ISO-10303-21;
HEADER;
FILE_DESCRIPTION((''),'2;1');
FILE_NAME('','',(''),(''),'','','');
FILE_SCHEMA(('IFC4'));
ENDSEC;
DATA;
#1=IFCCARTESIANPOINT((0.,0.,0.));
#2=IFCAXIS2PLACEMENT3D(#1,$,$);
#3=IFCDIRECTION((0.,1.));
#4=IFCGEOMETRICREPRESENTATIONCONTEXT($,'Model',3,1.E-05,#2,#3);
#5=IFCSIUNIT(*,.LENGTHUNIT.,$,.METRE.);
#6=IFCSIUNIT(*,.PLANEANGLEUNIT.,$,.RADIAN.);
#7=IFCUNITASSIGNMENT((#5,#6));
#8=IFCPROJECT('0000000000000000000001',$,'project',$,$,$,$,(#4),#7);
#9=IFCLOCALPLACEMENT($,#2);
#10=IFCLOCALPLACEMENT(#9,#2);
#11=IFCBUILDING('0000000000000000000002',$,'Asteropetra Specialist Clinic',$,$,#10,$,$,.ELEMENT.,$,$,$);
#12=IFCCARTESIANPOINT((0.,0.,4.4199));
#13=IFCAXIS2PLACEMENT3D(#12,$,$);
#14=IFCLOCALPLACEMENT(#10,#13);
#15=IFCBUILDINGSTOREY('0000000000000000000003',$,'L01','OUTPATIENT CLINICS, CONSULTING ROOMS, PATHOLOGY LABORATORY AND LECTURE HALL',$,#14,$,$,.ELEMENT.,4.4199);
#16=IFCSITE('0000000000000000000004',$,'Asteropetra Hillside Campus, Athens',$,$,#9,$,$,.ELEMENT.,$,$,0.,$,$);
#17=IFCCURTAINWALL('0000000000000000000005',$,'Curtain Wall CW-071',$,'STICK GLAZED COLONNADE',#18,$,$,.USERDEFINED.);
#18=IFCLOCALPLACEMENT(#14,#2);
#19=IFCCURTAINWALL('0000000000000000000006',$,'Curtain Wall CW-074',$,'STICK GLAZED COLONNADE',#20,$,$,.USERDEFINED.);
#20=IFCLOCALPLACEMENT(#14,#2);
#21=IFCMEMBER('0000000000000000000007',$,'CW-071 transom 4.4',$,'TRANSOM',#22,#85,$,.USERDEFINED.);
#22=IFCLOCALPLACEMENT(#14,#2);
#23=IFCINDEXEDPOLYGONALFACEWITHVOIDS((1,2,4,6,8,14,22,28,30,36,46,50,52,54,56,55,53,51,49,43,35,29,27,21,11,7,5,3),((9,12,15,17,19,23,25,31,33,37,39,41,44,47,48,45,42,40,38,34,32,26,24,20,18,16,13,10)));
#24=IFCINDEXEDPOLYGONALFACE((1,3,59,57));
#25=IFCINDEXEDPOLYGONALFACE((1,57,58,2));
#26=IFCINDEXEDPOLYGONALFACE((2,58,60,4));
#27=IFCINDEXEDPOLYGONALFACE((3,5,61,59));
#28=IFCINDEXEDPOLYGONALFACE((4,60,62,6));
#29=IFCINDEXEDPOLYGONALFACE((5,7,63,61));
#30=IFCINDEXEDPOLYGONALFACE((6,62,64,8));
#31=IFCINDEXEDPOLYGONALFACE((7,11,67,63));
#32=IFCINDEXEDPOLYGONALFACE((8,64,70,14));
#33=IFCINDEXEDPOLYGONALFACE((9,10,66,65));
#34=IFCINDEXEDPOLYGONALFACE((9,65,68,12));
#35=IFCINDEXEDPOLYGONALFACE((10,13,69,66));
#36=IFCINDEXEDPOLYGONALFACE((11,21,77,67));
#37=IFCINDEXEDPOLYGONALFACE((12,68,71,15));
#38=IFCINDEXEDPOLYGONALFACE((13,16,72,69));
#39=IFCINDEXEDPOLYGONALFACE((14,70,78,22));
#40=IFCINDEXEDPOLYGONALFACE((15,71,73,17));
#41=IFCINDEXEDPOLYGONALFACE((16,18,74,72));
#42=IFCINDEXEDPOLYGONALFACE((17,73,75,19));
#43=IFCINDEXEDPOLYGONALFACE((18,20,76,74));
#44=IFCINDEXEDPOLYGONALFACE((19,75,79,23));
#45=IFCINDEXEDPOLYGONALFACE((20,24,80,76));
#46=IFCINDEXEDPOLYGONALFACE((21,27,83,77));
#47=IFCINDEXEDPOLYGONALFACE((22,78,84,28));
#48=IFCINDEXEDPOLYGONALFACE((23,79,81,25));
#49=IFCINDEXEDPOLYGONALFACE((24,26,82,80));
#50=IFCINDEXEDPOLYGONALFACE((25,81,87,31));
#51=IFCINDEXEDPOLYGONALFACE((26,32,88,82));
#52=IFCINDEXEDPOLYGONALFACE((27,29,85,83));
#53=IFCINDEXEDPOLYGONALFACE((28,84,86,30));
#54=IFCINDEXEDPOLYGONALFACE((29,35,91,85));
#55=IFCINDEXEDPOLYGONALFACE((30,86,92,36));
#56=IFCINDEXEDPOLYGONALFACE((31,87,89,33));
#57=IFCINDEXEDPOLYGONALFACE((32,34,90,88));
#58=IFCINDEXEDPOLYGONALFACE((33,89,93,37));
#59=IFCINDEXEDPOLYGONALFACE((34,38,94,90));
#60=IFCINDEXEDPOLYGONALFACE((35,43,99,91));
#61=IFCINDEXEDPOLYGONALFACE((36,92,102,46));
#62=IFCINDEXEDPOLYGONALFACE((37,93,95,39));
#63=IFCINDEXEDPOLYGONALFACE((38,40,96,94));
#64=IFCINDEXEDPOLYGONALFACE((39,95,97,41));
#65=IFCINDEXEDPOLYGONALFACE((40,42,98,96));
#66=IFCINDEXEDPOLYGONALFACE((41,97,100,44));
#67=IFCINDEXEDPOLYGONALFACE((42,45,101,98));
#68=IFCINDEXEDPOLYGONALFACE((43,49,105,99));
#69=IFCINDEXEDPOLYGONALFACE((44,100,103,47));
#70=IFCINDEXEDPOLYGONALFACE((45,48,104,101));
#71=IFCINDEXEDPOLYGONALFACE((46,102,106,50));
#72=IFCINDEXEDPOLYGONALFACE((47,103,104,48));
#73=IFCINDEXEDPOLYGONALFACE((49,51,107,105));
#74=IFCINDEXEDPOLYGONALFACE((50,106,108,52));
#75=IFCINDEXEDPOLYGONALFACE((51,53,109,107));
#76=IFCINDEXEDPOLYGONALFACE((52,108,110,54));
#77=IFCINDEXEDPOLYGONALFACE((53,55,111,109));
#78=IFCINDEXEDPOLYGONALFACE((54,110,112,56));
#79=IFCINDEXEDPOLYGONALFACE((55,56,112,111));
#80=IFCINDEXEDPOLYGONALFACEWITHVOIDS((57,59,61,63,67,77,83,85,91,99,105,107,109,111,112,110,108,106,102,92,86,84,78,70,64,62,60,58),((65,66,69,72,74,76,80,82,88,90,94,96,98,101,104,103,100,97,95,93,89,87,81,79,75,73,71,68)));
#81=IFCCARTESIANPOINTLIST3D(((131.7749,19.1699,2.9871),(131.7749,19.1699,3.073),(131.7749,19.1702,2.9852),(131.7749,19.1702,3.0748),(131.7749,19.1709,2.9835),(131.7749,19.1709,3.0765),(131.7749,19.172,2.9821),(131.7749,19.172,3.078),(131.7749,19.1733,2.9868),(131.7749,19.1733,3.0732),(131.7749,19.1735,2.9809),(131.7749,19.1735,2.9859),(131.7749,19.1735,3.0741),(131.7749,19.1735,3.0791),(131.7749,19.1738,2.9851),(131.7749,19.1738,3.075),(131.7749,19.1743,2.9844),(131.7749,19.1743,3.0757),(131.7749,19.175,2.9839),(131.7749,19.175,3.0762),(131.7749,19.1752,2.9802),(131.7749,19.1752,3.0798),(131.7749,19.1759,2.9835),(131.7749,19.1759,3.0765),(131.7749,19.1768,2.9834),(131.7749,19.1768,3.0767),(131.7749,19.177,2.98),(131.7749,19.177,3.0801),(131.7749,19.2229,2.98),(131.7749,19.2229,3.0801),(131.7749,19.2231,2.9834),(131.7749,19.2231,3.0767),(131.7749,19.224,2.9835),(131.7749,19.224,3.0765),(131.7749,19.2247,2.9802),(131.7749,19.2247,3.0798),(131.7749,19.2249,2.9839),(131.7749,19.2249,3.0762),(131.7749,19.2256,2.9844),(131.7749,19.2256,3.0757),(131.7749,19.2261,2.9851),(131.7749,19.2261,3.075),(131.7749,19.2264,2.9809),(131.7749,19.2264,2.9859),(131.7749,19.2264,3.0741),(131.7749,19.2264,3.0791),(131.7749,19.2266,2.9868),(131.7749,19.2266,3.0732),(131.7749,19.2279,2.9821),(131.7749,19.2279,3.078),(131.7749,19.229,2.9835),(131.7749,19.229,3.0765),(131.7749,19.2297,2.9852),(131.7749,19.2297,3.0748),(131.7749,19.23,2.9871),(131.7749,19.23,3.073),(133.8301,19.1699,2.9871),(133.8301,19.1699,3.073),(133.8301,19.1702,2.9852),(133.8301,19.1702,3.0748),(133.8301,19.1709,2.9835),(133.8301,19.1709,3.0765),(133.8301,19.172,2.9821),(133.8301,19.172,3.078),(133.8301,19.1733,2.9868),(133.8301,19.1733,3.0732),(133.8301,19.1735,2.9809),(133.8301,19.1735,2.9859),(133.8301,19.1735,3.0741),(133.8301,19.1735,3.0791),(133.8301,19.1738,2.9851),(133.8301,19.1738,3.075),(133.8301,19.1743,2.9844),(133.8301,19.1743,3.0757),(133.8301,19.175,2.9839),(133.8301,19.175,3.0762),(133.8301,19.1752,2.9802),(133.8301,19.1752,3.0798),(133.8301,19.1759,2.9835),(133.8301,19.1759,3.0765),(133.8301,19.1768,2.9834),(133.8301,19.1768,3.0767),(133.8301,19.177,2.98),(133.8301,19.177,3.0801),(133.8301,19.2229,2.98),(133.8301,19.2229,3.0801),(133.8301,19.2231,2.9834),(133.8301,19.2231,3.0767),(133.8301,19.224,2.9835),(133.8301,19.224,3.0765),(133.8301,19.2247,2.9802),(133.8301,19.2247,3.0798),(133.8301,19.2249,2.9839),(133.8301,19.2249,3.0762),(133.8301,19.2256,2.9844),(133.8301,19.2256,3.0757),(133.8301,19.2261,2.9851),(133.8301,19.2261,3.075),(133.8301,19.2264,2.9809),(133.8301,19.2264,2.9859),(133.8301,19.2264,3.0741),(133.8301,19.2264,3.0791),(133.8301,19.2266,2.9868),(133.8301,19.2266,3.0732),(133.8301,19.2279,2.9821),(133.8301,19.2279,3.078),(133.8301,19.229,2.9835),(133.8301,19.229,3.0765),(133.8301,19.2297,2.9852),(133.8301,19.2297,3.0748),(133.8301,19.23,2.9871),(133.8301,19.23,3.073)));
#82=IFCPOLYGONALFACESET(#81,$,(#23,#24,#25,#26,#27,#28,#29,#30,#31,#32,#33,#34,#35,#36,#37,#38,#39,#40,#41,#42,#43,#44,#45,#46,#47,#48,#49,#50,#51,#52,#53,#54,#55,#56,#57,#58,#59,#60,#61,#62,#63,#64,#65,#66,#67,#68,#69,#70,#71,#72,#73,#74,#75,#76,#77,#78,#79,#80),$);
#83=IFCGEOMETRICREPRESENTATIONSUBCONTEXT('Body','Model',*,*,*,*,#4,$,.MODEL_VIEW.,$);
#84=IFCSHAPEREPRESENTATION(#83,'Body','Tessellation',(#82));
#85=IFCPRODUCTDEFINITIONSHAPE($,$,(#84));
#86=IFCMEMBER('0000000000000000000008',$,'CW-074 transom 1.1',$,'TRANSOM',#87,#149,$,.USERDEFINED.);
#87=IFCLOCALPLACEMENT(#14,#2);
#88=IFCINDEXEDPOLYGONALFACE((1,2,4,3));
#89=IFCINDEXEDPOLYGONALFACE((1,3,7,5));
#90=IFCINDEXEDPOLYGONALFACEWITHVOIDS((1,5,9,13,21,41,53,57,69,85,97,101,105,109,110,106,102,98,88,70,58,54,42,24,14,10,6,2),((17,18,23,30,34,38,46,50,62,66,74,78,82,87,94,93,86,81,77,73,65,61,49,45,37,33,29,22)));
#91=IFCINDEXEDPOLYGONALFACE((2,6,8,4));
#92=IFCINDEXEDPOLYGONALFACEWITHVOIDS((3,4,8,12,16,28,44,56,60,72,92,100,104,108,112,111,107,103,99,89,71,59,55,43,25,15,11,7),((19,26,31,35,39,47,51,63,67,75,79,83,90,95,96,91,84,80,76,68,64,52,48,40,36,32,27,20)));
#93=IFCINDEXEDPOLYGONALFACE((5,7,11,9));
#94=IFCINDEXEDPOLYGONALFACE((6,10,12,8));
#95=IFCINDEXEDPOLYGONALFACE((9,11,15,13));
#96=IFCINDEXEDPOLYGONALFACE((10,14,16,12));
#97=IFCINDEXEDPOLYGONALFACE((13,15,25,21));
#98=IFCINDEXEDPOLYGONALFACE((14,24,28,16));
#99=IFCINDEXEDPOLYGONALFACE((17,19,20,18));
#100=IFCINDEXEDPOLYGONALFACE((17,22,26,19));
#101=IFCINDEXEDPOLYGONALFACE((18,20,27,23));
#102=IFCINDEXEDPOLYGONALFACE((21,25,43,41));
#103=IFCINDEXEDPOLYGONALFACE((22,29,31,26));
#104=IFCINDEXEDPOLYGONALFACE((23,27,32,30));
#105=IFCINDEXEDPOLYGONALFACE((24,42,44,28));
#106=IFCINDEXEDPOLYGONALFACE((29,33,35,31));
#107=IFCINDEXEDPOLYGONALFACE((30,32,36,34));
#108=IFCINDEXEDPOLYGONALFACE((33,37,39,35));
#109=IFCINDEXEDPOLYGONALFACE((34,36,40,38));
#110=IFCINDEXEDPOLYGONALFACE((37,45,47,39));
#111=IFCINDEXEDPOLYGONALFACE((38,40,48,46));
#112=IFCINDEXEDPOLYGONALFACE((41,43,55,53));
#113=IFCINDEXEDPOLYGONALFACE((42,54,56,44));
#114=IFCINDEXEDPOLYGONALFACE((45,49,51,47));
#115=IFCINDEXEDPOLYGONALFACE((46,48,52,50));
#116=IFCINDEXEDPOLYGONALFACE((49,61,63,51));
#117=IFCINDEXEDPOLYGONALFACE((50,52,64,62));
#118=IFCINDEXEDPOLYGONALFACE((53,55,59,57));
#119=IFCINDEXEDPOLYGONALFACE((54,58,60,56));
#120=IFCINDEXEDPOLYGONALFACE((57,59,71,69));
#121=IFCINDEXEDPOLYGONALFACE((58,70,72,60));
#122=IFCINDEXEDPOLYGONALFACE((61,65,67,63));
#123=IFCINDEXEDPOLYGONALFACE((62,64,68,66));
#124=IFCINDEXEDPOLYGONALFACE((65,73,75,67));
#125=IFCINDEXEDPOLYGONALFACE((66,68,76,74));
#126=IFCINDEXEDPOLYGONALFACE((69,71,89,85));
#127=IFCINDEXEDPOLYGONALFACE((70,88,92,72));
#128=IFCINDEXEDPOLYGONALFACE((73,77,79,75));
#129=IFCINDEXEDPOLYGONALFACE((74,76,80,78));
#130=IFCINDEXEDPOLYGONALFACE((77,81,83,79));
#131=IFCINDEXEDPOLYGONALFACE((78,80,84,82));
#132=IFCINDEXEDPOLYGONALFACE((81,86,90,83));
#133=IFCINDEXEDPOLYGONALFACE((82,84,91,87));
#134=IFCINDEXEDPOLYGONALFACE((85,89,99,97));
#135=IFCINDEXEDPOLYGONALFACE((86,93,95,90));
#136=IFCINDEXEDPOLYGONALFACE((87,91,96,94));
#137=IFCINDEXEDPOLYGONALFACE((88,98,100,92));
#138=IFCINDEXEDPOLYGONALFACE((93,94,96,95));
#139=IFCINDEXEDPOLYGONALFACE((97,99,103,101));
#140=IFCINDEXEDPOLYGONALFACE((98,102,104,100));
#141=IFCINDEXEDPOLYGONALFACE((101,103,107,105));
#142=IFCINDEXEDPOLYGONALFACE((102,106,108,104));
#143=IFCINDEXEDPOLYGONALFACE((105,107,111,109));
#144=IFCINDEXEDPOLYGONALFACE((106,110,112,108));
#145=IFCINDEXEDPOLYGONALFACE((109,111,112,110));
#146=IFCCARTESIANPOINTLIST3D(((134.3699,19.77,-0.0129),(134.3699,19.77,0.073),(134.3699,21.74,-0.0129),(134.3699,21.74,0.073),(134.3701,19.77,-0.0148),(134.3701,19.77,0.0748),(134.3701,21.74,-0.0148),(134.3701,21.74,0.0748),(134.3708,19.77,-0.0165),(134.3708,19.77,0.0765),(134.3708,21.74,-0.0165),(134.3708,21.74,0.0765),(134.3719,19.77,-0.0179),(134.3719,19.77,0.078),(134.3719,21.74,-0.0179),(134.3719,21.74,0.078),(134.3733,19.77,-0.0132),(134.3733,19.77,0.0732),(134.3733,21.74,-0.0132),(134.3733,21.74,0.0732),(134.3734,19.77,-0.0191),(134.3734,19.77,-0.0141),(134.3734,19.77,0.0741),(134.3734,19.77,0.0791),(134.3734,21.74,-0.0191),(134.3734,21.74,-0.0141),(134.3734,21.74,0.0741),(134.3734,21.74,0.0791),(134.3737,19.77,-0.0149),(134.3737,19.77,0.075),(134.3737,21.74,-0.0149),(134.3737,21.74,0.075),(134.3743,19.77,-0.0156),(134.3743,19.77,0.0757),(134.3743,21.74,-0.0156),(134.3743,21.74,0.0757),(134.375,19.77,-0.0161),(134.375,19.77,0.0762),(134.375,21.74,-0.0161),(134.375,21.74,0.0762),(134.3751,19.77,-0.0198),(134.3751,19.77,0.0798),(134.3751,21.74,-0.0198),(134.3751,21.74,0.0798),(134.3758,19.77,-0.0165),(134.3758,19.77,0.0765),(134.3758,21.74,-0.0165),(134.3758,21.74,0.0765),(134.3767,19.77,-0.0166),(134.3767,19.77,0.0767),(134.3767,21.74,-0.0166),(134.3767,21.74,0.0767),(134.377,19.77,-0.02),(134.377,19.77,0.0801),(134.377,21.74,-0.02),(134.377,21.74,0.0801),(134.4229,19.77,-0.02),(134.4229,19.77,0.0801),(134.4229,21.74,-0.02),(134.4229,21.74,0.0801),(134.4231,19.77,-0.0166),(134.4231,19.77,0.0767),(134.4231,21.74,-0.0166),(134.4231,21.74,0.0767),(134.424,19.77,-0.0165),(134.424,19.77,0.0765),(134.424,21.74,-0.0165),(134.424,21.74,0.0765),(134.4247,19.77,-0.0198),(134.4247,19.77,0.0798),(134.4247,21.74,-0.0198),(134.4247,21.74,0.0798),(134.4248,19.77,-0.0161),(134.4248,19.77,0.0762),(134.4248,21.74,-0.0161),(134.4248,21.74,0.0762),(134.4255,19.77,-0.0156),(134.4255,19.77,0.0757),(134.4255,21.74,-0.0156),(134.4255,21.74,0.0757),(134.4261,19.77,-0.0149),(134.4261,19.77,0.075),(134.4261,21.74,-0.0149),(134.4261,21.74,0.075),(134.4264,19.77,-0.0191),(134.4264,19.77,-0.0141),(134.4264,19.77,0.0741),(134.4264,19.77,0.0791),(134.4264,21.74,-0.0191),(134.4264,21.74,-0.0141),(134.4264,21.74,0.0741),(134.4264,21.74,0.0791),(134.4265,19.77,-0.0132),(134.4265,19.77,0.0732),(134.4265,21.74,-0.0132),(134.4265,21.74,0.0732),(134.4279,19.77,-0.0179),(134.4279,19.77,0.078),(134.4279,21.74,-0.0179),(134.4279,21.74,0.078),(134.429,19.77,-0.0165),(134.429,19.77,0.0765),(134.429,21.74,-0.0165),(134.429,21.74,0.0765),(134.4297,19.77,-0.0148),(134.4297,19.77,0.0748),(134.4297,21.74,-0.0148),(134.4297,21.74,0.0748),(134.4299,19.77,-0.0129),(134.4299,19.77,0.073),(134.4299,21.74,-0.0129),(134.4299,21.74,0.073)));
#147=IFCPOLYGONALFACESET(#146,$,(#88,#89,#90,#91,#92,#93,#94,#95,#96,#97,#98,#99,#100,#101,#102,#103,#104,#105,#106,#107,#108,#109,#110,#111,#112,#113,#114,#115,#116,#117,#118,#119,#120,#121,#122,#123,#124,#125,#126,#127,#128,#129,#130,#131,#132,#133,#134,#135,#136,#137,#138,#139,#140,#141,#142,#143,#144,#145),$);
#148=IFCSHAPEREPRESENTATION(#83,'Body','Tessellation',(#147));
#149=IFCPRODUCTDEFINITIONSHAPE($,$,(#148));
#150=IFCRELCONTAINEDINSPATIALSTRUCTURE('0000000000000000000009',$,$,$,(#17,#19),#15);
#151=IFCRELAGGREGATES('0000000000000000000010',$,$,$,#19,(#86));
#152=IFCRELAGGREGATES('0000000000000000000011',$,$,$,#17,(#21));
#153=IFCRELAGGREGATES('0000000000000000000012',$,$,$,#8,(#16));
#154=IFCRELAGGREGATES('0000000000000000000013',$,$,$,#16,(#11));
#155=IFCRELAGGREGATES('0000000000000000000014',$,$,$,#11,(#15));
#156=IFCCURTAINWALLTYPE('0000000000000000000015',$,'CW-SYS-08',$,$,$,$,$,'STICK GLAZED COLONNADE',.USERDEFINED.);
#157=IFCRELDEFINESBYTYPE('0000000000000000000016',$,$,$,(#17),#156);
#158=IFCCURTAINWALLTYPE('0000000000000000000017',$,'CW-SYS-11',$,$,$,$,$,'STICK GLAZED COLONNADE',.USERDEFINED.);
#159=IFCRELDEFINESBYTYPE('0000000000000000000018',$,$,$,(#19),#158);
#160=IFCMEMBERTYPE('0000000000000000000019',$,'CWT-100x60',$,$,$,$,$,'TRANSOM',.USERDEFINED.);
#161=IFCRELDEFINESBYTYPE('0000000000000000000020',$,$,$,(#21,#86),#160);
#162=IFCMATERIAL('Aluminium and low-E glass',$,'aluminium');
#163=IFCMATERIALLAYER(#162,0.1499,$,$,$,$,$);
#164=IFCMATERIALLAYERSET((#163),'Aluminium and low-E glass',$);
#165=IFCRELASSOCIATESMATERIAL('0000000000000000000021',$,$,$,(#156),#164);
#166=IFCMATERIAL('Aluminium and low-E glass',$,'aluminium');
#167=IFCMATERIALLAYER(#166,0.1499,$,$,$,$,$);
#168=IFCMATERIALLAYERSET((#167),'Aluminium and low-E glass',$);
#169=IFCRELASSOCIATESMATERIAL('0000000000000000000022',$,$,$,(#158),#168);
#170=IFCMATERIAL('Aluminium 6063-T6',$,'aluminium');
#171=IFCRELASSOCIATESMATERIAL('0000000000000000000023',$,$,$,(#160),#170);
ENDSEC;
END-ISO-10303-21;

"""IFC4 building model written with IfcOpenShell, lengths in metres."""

from ifc_helpers import new_model, si_unit, direction, frame, origin, origin_2d, place, context, subcontext, project, spatial, hollow_rectangle, extrude, material, layer, layer_set, material_profile, profile_set, type_object, element, aggregate, save


model = new_model("IFC4")

# Units and contexts
model_context = context("Model", 3, precision=1e-05, world=origin(), true_north=direction((0.0, 1.0)))
body_context = subcontext(model_context, "Body", "Model", "MODEL_VIEW")
ifc_project = project(units=[si_unit("LENGTHUNIT", "METRE"), si_unit("PLANEANGLEUNIT", "RADIAN")], contexts=[model_context])

# Site, building, storey
site_placement = place(None, origin())
site = spatial("IfcSite", under=ifc_project, at=site_placement, Name="Asteropetra Hillside Campus, Athens", CompositionType="ELEMENT", RefElevation=0.0)
building_placement = place(site_placement, origin())
building = spatial("IfcBuilding", under=site, at=building_placement, Name="Asteropetra Specialist Clinic", CompositionType="ELEMENT")
storey_placement = place(building_placement, frame((0.0, 0.0, 4.4199)))
storey = spatial("IfcBuildingStorey", under=building, at=storey_placement, Name="L01", Description="OUTPATIENT CLINICS, CONSULTING ROOMS, PATHOLOGY LABORATORY AND LECTURE HALL", CompositionType="ELEMENT", Elevation=4.4199)

# Curtain wall
ifc_material_1 = material(Name="Aluminium and low-E glass", Category="aluminium")
ifc_layer_1 = layer(ifc_material_1, 0.1499)
ifc_layer_set_1 = layer_set([ifc_layer_1], Name="Aluminium and low-E glass")
curtain_wall_type_1 = type_object("IfcCurtainWallType", Name="CW-SYS-08", ElementType="STICK GLAZED COLONNADE", PredefinedType="USERDEFINED", material=ifc_layer_set_1)
curtain_wall_1_placement = place(storey_placement, origin())
curtain_wall_1 = element("IfcCurtainWall", 1, at=curtain_wall_1_placement, inside=storey, type_object=curtain_wall_type_1, Name="Curtain Wall CW-071", ObjectType="STICK GLAZED COLONNADE", PredefinedType="USERDEFINED")

# Curtain wall
ifc_material_2 = material(Name="Aluminium and low-E glass", Category="aluminium")
ifc_layer_2 = layer(ifc_material_2, 0.1499)
ifc_layer_set_2 = layer_set([ifc_layer_2], Name="Aluminium and low-E glass")
curtain_wall_type_2 = type_object("IfcCurtainWallType", Name="CW-SYS-11", ElementType="STICK GLAZED COLONNADE", PredefinedType="USERDEFINED", material=ifc_layer_set_2)
curtain_wall_2_placement = place(storey_placement, origin())
curtain_wall_2 = element("IfcCurtainWall", 2, at=curtain_wall_2_placement, inside=storey, type_object=curtain_wall_type_2, Name="Curtain Wall CW-074", ObjectType="STICK GLAZED COLONNADE", PredefinedType="USERDEFINED")

# Members
ifc_material_3 = material(Name="Aluminium 6063-T6", Category="aluminium")
ifc_material_profile_1 = material_profile(ifc_material_3, hollow_rectangle(XDim=0.0601, YDim=0.1001, WallThickness=0.0034, InnerFilletRadius=0.0034, OuterFilletRadius=0.0071, at=origin_2d()), Name="TRN 100x60x3.5")
ifc_profile_set_1 = profile_set([ifc_material_profile_1], Name="Aluminium 6063-T6")
member_type_1 = type_object("IfcMemberType", Name="CWT-100x60", ElementType="TRANSOM", PredefinedType="USERDEFINED", material=ifc_profile_set_1)
member_1_placement = place(storey_placement, frame((131.7749, 19.2, 3.03), z_axis=(1.0, 0.0, 0.0), x_axis=(0.0, 1.0, 0.0)))
member_1 = element("IfcMember", 3, at=member_1_placement, type_object=member_type_1, Name="CW-071 transom 4.4", ObjectType="TRANSOM", PredefinedType="USERDEFINED", context=body_context, shape_type="SweptSolid", body=[
    extrude(hollow_rectangle(XDim=0.0601, YDim=0.1001, WallThickness=0.0034, InnerFilletRadius=0.0034, OuterFilletRadius=0.0071, at=origin_2d()), origin(), (0.0, 0.0, 1.0), 2.0552),
])
member_2_placement = place(storey_placement, frame((134.3999, 19.77, 0.03), z_axis=(0.0, 1.0, 0.0), x_axis=(-1.0, 0.0, 0.0)))
member_2 = element("IfcMember", 4, at=member_2_placement, type_object=member_type_1, Name="CW-074 transom 1.1", ObjectType="TRANSOM", PredefinedType="USERDEFINED", context=body_context, shape_type="SweptSolid", body=[
    extrude(hollow_rectangle(XDim=0.0601, YDim=0.1001, WallThickness=0.0034, InnerFilletRadius=0.0034, OuterFilletRadius=0.0071, at=origin_2d()), origin(), (0.0, 0.0, 1.0), 1.97),
])

aggregate(curtain_wall_2, [member_2])
aggregate(curtain_wall_1, [member_1])

save(model, "model.ifc")
